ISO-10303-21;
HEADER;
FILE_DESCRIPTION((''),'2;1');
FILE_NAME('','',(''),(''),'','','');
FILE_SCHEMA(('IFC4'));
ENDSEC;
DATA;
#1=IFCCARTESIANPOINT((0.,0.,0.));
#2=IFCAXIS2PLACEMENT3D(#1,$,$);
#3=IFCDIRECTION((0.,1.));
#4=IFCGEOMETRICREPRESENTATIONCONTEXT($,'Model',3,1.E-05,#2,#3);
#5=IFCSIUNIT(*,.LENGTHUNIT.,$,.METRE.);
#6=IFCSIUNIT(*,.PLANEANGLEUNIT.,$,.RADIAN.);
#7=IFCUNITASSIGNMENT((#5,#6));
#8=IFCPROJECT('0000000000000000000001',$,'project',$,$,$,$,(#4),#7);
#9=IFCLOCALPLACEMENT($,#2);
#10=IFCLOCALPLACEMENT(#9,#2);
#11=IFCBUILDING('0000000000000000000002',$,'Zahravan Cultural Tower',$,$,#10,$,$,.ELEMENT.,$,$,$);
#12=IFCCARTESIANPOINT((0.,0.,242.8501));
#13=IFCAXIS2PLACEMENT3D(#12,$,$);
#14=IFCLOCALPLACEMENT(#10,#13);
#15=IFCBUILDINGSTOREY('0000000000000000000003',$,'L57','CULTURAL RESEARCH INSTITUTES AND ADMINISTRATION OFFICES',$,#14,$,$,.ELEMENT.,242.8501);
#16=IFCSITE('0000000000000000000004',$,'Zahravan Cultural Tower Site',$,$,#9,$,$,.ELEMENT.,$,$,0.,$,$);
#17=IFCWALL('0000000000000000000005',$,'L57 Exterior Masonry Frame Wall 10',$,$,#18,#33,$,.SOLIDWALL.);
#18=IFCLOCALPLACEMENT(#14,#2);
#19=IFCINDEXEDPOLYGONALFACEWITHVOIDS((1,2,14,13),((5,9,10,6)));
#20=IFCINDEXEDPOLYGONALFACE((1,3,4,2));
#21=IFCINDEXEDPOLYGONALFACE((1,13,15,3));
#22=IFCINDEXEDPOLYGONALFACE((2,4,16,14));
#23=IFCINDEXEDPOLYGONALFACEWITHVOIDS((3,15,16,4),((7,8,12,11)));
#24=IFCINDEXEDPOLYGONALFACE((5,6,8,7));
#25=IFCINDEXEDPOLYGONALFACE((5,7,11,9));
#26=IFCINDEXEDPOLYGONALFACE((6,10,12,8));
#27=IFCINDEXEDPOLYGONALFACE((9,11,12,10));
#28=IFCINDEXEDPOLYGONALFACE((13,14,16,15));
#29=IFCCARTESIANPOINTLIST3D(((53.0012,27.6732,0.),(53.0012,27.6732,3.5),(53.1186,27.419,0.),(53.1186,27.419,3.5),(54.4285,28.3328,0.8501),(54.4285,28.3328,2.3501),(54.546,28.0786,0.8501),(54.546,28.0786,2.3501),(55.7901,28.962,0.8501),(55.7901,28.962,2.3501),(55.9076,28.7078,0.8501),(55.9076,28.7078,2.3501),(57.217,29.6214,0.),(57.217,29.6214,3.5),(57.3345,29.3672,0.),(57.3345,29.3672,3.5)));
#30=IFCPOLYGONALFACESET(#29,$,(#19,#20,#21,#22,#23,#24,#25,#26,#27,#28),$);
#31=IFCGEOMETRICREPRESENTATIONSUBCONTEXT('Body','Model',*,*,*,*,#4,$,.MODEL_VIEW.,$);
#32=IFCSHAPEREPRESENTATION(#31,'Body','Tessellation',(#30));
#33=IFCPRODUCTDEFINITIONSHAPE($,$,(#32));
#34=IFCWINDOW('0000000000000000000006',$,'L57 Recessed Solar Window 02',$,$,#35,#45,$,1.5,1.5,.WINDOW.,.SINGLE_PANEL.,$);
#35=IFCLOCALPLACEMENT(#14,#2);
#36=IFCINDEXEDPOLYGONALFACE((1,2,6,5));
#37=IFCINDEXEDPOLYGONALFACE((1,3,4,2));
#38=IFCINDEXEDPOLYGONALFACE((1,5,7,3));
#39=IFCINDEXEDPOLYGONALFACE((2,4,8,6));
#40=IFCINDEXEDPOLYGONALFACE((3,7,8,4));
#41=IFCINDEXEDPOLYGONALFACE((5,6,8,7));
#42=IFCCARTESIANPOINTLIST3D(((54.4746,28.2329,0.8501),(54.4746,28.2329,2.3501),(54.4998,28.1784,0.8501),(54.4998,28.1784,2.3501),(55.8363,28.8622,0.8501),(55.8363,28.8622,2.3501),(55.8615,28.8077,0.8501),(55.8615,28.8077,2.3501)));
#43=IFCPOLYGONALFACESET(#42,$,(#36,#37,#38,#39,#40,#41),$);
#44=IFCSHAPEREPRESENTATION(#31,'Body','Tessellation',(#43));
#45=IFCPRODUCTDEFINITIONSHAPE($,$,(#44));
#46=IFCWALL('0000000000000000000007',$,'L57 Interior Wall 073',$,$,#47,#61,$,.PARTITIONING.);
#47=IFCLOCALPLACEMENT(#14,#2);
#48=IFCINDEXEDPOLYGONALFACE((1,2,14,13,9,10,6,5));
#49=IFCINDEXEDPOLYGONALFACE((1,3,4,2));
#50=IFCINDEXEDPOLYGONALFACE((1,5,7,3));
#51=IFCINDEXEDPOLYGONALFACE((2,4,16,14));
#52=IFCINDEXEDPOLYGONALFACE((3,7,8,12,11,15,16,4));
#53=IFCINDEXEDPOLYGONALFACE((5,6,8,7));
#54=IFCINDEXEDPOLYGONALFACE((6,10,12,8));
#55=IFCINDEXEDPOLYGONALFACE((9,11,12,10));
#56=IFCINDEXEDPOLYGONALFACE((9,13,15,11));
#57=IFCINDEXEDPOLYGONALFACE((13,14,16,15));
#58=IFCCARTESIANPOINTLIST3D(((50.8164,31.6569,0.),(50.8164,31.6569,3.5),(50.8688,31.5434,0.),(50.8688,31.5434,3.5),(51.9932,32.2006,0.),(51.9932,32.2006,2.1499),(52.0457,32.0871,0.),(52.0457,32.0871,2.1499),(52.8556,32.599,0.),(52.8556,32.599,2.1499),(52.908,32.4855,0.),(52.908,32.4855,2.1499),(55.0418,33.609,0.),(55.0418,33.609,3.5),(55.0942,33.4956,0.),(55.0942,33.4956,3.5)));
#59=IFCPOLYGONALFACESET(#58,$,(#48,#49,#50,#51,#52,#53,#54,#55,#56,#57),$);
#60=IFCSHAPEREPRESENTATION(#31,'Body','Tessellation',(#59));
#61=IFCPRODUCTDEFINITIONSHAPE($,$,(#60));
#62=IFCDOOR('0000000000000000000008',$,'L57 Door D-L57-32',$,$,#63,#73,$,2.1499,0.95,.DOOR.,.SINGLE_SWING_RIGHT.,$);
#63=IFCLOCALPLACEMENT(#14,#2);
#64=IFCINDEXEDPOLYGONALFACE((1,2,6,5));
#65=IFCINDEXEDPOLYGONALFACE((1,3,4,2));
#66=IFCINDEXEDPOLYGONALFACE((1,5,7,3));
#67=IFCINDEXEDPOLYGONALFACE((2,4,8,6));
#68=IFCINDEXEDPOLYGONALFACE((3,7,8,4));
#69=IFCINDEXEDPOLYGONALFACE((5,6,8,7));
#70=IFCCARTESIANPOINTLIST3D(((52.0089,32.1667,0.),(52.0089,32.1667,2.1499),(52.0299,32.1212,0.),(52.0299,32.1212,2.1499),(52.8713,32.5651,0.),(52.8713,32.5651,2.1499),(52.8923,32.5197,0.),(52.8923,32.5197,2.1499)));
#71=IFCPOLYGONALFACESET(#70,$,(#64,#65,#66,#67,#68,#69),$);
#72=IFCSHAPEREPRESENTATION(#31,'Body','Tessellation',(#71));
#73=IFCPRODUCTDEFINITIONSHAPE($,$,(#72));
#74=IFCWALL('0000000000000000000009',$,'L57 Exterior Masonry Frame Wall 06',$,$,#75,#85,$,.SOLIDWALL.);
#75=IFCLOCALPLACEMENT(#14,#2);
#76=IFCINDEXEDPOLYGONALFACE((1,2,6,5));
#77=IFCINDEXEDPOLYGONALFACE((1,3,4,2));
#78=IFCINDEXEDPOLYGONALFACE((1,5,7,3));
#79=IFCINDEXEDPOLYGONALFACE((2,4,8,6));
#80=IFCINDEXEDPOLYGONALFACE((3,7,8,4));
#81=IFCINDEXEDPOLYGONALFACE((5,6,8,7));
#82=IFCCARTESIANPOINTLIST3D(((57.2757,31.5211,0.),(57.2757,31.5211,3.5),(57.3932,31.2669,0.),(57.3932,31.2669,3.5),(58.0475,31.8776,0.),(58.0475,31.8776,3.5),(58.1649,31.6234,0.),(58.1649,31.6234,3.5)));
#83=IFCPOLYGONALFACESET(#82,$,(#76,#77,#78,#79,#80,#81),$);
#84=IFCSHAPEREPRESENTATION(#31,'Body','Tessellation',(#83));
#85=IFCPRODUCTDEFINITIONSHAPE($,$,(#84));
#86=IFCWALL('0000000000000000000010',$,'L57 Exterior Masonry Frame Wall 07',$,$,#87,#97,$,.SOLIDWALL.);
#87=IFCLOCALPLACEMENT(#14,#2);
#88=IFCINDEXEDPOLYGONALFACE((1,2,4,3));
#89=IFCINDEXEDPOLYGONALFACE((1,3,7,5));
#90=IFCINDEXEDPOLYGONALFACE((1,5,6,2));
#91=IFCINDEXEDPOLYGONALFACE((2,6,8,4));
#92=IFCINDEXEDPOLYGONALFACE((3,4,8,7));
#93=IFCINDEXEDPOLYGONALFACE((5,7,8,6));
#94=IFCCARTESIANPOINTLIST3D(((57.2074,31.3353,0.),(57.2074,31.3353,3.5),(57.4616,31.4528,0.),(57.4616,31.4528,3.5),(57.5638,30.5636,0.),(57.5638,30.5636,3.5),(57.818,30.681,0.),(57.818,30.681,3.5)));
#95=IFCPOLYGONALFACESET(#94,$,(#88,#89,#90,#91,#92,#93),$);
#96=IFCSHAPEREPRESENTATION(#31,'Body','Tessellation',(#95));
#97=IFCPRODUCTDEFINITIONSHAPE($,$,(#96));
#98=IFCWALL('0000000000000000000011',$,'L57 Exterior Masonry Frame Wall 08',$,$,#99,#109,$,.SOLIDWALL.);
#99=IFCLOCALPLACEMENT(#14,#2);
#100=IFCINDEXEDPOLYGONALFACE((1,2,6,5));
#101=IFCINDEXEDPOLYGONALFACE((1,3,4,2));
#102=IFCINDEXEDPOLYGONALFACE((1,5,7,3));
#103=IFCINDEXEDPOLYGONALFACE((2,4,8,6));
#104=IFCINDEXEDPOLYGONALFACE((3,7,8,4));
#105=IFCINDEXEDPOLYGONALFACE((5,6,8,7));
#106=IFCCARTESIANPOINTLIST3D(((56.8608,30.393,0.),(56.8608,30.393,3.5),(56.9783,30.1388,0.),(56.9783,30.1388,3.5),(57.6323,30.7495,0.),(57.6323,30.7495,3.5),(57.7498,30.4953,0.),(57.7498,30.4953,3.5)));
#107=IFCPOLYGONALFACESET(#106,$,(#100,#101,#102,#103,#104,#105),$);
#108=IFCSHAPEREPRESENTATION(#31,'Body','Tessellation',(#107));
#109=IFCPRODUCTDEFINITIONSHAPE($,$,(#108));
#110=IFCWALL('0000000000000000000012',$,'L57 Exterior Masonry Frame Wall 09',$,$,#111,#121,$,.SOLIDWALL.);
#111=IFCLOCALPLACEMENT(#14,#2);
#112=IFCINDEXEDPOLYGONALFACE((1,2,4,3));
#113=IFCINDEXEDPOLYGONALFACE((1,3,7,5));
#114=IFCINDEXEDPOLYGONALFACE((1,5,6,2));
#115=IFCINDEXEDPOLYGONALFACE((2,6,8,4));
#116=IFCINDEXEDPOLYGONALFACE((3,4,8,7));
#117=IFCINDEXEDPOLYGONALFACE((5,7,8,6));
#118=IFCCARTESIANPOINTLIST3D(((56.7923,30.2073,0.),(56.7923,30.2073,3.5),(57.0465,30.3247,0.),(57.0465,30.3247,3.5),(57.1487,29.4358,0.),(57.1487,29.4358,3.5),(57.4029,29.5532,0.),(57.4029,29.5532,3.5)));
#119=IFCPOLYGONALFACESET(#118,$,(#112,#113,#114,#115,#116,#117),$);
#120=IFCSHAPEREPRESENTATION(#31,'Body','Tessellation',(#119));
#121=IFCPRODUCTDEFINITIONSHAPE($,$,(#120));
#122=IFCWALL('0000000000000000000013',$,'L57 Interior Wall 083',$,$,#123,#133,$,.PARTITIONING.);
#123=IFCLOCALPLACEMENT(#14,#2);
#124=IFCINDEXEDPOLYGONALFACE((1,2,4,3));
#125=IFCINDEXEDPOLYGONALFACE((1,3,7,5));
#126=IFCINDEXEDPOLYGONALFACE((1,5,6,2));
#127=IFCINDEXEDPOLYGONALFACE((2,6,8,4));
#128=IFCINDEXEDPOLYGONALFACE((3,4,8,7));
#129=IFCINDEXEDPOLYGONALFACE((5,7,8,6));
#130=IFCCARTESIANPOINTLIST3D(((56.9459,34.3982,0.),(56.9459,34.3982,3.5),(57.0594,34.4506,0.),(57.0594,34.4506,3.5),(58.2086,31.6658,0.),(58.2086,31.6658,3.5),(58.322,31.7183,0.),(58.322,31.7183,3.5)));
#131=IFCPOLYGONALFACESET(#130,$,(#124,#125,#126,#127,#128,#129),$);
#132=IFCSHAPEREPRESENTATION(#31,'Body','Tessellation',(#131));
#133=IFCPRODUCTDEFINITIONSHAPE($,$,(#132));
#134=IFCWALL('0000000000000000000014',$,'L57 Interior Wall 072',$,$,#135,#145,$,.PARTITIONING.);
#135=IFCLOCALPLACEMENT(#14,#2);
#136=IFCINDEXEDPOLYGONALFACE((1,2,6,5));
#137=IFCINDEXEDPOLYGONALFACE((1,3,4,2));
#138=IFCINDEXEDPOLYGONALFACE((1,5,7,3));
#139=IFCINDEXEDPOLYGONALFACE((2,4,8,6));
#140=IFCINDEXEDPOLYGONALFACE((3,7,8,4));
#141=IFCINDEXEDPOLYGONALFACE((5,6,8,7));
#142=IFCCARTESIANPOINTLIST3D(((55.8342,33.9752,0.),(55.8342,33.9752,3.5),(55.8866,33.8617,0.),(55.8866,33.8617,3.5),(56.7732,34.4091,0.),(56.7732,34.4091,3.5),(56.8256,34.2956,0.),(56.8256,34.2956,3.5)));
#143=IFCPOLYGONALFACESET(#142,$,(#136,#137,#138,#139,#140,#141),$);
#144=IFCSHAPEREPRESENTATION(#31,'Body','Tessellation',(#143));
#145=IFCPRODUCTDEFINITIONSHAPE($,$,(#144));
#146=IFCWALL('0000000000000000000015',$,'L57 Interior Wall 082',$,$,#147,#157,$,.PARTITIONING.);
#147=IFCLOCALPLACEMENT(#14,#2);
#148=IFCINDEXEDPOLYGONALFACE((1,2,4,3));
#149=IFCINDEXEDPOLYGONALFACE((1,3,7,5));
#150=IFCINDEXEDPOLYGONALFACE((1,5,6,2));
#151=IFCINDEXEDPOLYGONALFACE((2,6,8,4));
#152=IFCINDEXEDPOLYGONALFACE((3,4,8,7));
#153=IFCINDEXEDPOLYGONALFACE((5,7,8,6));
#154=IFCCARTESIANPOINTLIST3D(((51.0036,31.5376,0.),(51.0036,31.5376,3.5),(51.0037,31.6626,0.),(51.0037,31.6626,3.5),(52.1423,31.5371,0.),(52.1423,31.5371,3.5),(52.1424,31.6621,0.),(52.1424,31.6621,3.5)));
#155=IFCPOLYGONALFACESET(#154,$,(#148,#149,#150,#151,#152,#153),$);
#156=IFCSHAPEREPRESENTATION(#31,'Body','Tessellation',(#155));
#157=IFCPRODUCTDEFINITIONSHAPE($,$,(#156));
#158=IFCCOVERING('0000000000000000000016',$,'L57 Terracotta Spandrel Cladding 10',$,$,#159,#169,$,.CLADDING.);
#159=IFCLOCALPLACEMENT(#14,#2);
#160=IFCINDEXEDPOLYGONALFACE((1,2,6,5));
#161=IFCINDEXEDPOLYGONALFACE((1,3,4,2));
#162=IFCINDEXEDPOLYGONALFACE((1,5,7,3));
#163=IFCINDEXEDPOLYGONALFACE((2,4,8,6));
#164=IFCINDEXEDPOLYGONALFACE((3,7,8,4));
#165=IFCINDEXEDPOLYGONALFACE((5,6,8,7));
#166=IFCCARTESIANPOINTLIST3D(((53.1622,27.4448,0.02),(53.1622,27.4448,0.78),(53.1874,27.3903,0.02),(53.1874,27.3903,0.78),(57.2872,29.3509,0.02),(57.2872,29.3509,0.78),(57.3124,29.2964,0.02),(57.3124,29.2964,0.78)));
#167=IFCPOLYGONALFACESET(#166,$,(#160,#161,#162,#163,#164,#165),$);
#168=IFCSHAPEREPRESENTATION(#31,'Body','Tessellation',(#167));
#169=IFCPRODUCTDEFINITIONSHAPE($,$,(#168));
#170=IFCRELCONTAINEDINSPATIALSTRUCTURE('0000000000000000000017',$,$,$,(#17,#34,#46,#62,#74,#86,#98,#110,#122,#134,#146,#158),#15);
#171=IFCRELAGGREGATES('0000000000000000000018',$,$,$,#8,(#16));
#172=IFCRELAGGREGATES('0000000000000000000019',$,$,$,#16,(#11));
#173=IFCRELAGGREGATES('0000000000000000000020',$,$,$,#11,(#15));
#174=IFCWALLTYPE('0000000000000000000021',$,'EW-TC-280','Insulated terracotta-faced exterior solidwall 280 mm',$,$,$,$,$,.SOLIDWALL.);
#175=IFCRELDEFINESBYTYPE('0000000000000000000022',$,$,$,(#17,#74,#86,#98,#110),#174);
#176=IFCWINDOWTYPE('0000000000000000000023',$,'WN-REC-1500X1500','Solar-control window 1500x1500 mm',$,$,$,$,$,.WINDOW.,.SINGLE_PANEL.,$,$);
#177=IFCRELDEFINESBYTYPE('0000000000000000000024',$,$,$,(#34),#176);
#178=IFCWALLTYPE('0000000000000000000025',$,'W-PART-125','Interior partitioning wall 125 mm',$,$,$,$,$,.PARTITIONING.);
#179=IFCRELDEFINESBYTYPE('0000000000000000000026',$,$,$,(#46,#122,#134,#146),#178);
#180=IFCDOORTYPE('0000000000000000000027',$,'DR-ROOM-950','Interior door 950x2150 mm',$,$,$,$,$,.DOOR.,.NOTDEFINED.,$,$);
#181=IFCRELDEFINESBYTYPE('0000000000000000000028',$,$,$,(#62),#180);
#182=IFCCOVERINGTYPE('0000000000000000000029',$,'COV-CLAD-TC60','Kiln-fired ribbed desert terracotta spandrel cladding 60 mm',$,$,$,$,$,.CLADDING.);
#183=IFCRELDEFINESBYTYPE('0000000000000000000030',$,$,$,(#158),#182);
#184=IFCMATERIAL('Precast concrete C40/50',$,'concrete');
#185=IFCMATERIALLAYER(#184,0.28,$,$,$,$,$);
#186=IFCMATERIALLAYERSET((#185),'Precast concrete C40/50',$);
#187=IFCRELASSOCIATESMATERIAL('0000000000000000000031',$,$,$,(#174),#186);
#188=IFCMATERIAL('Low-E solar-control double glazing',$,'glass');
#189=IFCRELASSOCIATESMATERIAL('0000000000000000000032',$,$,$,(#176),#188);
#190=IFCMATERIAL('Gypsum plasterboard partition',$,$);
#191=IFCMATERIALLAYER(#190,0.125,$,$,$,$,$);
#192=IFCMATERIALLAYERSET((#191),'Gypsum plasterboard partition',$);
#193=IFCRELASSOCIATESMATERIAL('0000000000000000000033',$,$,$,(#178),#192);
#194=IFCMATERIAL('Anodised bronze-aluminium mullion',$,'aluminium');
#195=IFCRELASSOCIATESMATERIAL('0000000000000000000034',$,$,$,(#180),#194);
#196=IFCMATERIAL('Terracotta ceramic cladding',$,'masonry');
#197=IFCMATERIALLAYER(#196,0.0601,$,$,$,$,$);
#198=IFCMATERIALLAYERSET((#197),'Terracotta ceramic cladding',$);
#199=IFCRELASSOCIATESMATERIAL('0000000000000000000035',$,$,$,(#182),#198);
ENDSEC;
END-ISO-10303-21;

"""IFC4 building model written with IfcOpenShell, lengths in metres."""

from ifc_helpers import new_model, si_unit, direction, frame, frame_2d, origin, origin_2d, place, context, subcontext, project, spatial, rectangle, extrude, source, transform, mapped, material, layer, layer_set, type_object, element, fill, save


model = new_model("IFC4")

# Units and contexts
model_context = context("Model", 3, precision=1e-05, world=origin(), true_north=direction((0.0, 1.0)))
body_context = subcontext(model_context, "Body", "Model", "MODEL_VIEW")
ifc_project = project(units=[si_unit("LENGTHUNIT", "METRE"), si_unit("PLANEANGLEUNIT", "RADIAN")], contexts=[model_context])

# Site, building, storey
site_placement = place(None, origin())
site = spatial("IfcSite", under=ifc_project, at=site_placement, Name="Zahravan Cultural Tower Site", CompositionType="ELEMENT", RefElevation=0.0)
building_placement = place(site_placement, origin())
building = spatial("IfcBuilding", under=site, at=building_placement, Name="Zahravan Cultural Tower", CompositionType="ELEMENT")
storey_placement = place(building_placement, frame((0.0, 0.0, 242.8501)))
storey = spatial("IfcBuildingStorey", under=building, at=storey_placement, Name="L57", Description="CULTURAL RESEARCH INSTITUTES AND ADMINISTRATION OFFICES", CompositionType="ELEMENT", Elevation=242.8501)

# Shared definitions
ifc_material_1 = material(Name="Anodised bronze-aluminium mullion", Category="aluminium")
ifc_material_2 = material(Name="Low-E solar-control double glazing", Category="glass")

# Wall, opening, window
ifc_material_3 = material(Name="Precast concrete C40/50", Category="concrete")
ifc_layer_1 = layer(ifc_material_3, 0.28)
ifc_layer_set_1 = layer_set([ifc_layer_1], Name="Precast concrete C40/50")
wall_type_1 = type_object("IfcWallType", Name="EW-TC-280", Description="Insulated terracotta-faced exterior solidwall 280 mm", PredefinedType="SOLIDWALL", material=ifc_layer_set_1)
wall_1_placement = place(storey_placement, frame((57.2759, 29.4944, 0.0), z_axis=(0.0, 0.0, 1.0), x_axis=(-0.907756, -0.419498, 0.0)))
wall_1 = element("IfcWall", 1, at=wall_1_placement, inside=storey, type_object=wall_type_1, Name="L57 Exterior Masonry Frame Wall 10", PredefinedType="SOLIDWALL", context=body_context, shape_type="SweptSolid", body=[
    extrude(rectangle(XDim=4.6443, YDim=0.28, at=frame_2d((2.3223, 0.0))), origin(), (0.0, 0.0, 1.0), 3.5),
])
opening_1_placement = place(wall_1_placement, frame((1.572, 0.0, 0.8501)))
opening_1 = element("IfcOpeningElement", 2, at=opening_1_placement, cuts=wall_1, PredefinedType="OPENING", context=body_context, shape_type="SweptSolid", body=[
    extrude(rectangle(XDim=1.5, YDim=1.5, at=frame_2d((0.75, 0.75))), frame((0.0, 0.1499, 0.0), z_axis=(0.0, -1.0, 0.0), x_axis=(1.0, 0.0, 0.0)), (0.0, 0.0, 1.0), 0.3),
])
window_type = type_object("IfcWindowType", Name="WN-REC-1500X1500", Description="Solar-control window 1500x1500 mm", PartitioningType="SINGLE_PANEL", PredefinedType="WINDOW", material=ifc_material_2)
shared_shape_1 = source(origin(), body_context, "Body", "SweptSolid", [
    extrude(rectangle(XDim=1.5, YDim=1.5, at=frame_2d((0.75, 0.75))), frame((0.0, 0.03, 0.0), z_axis=(0.0, -1.0, 0.0), x_axis=(1.0, 0.0, 0.0)), (0.0, 0.0, 1.0), 0.0601),
])
window_placement = place(opening_1_placement, origin())
window = element("IfcWindow", 3, at=window_placement, inside=storey, type_object=window_type, Name="L57 Recessed Solar Window 02", OverallHeight=1.5, OverallWidth=1.5, PartitioningType="SINGLE_PANEL", PredefinedType="WINDOW", context=body_context, shape_type="MappedRepresentation", body=[
    mapped(shared_shape_1, transform((0.0, 0.0, 0.0), x_axis=(1.0, 0.0, 0.0), y_axis=(0.0, 1.0, 0.0), z_axis=(0.0, 0.0, 1.0), scale=1.0)),
])
fill(opening_1, window)

# Wall, opening, door
ifc_material_4 = material(Name="Gypsum plasterboard partition")
ifc_layer_2 = layer(ifc_material_4, 0.125)
ifc_layer_set_2 = layer_set([ifc_layer_2], Name="Gypsum plasterboard partition")
wall_type_2 = type_object("IfcWallType", Name="W-PART-125", Description="Interior partitioning wall 125 mm", PredefinedType="PARTITIONING", material=ifc_layer_set_2)
wall_2_placement = place(storey_placement, frame((55.0679, 33.5522, 0.0), z_axis=(0.0, 0.0, 1.0), x_axis=(-0.907797, -0.419411, 0.0)))
wall_2 = element("IfcWall", 4, at=wall_2_placement, inside=storey, type_object=wall_type_2, Name="L57 Interior Wall 073", PredefinedType="PARTITIONING", context=body_context, shape_type="SweptSolid", body=[
    extrude(rectangle(XDim=4.6545, YDim=0.125, at=frame_2d((2.3271, 0.0))), origin(), (0.0, 0.0, 1.0), 3.5),
])
opening_2_placement = place(wall_2_placement, frame((2.408, 0.0, 0.0)))
opening_2 = element("IfcOpeningElement", 5, at=opening_2_placement, cuts=wall_2, PredefinedType="OPENING", context=body_context, shape_type="SweptSolid", body=[
    extrude(rectangle(XDim=0.95, YDim=2.1499, at=frame_2d((0.4751, 1.075))), frame((0.0, 0.0725, 0.0), z_axis=(0.0, -1.0, 0.0), x_axis=(1.0, 0.0, 0.0)), (0.0, 0.0, 1.0), 0.145),
])
door_type = type_object("IfcDoorType", Name="DR-ROOM-950", Description="Interior door 950x2150 mm", OperationType="NOTDEFINED", PredefinedType="DOOR", material=ifc_material_1)
shared_shape_2 = source(origin(), body_context, "Body", "SweptSolid", [
    extrude(rectangle(XDim=0.95, YDim=2.1499, at=frame_2d((0.4751, 1.075))), frame((0.0, 0.0249, 0.0), z_axis=(0.0, -1.0, 0.0), x_axis=(1.0, 0.0, 0.0)), (0.0, 0.0, 1.0), 0.05),
])
door_placement = place(opening_2_placement, origin())
door = element("IfcDoor", 6, at=door_placement, inside=storey, type_object=door_type, Name="L57 Door D-L57-32", OperationType="SINGLE_SWING_RIGHT", OverallHeight=2.1499, OverallWidth=0.95, PredefinedType="DOOR", context=body_context, shape_type="MappedRepresentation", body=[
    mapped(shared_shape_2, transform((0.0, 0.0, 0.0), x_axis=(1.0, 0.0, 0.0), y_axis=(0.0, 1.0, 0.0), z_axis=(0.0, 0.0, 1.0), scale=1.0)),
])
fill(opening_2, door)

# Walls
shared_shape_3 = source(origin(), body_context, "Body", "SweptSolid", [
    extrude(rectangle(XDim=0.8501, YDim=0.28, at=frame_2d((0.425, 0.0))), origin(), (0.0, 0.0, 1.0), 3.5),
])
for number, where, z_axis, x_axis, name in (
    (7, (58.1062, 31.7505, 0.0), (0.0, 0.0, 1.0), (-0.907842, -0.419313, 0.0), "L57 Exterior Masonry Frame Wall 06"),
    (8, (57.3345, 31.394, 0.0), (0.0, 0.0, 1.0), (0.419313, -0.907842, 0.0), "L57 Exterior Masonry Frame Wall 07"),
):
    element("IfcWall", number, at=place(storey_placement, frame(where, z_axis=z_axis, x_axis=x_axis)), inside=storey, type_object=wall_type_1, Name=name, PredefinedType="SOLIDWALL", context=body_context, shape_type="MappedRepresentation", body=[
        mapped(shared_shape_3, transform((0.0, 0.0, 0.0), x_axis=(1.0, 0.0, 0.0), y_axis=(0.0, 1.0, 0.0), z_axis=(0.0, 0.0, 1.0), scale=1.0)),
    ])
shared_shape_4 = source(origin(), body_context, "Body", "SweptSolid", [
    extrude(rectangle(XDim=0.8499, YDim=0.28, at=frame_2d((0.4248, 0.0))), origin(), (0.0, 0.0, 1.0), 3.5),
])
for number, where, z_axis, x_axis, name in (
    (9, (57.6909, 30.6223, 0.0), (0.0, 0.0, 1.0), (-0.907791, -0.419422, 0.0), "L57 Exterior Masonry Frame Wall 08"),
    (10, (56.9194, 30.2659, 0.0), (0.0, 0.0, 1.0), (0.419422, -0.907791, 0.0), "L57 Exterior Masonry Frame Wall 09"),
):
    element("IfcWall", number, at=place(storey_placement, frame(where, z_axis=z_axis, x_axis=x_axis)), inside=storey, type_object=wall_type_1, Name=name, PredefinedType="SOLIDWALL", context=body_context, shape_type="MappedRepresentation", body=[
        mapped(shared_shape_4, transform((0.0, 0.0, 0.0), x_axis=(1.0, 0.0, 0.0), y_axis=(0.0, 1.0, 0.0), z_axis=(0.0, 0.0, 1.0), scale=1.0)),
    ])
shared_shape_5 = source(origin(), body_context, "Body", "SweptSolid", [
    extrude(rectangle(XDim=3.01, YDim=0.125, at=frame_2d((1.5049, 0.0))), origin(), (0.0, 0.0, 1.0), 3.5),
])
wall_3_placement = place(storey_placement, frame((57.0027, 34.4243, 0.0), z_axis=(0.0, 0.0, 1.0), x_axis=(0.41949, -0.90776, 0.0)))
element("IfcWall", 11, at=wall_3_placement, inside=storey, type_object=wall_type_2, Name="L57 Interior Wall 083", PredefinedType="PARTITIONING", context=body_context, shape_type="MappedRepresentation", body=[
    mapped(shared_shape_5, transform((0.0, 0.0, 0.0), x_axis=(1.0, 0.0, 0.0), y_axis=(0.0, 1.0, 0.0), z_axis=(0.0, 0.0, 1.0), scale=1.0)),
])
shared_shape_6 = source(origin(), body_context, "Body", "SweptSolid", [
    extrude(rectangle(XDim=1.0344, YDim=0.125, at=frame_2d((0.5171, 0.0))), origin(), (0.0, 0.0, 1.0), 3.5),
])
wall_4_placement = place(storey_placement, frame((56.7993, 34.3523, 0.0), z_axis=(0.0, 0.0, 1.0), x_axis=(-0.907787, -0.419432, 0.0)))
element("IfcWall", 12, at=wall_4_placement, inside=storey, type_object=wall_type_2, Name="L57 Interior Wall 072", PredefinedType="PARTITIONING", context=body_context, shape_type="MappedRepresentation", body=[
    mapped(shared_shape_6, transform((0.0, 0.0, 0.0), x_axis=(1.0, 0.0, 0.0), y_axis=(0.0, 1.0, 0.0), z_axis=(0.0, 0.0, 1.0), scale=1.0)),
])
shared_shape_7 = source(origin(), body_context, "Body", "SweptSolid", [
    extrude(rectangle(XDim=1.1387, YDim=0.125, at=frame_2d((0.5693, 0.0))), origin(), (0.0, 0.0, 1.0), 3.5),
])
wall_5_placement = place(storey_placement, frame((52.1423, 31.5996, 0.0), z_axis=(0.0, 0.0, 1.0), x_axis=(-1.0, 0.000429, 0.0)))
element("IfcWall", 13, at=wall_5_placement, inside=storey, type_object=wall_type_2, Name="L57 Interior Wall 082", PredefinedType="PARTITIONING", context=body_context, shape_type="MappedRepresentation", body=[
    mapped(shared_shape_7, transform((0.0, 0.0, 0.0), x_axis=(1.0, 0.0, 0.0), y_axis=(0.0, 1.0, 0.0), z_axis=(0.0, 0.0, 1.0), scale=1.0)),
])

# Covering
ifc_material_5 = material(Name="Terracotta ceramic cladding", Category="masonry")
ifc_layer_3 = layer(ifc_material_5, 0.0601)
ifc_layer_set_3 = layer_set([ifc_layer_3], Name="Terracotta ceramic cladding")
covering_type = type_object("IfcCoveringType", Name="COV-CLAD-TC60", Description="Kiln-fired ribbed desert terracotta spandrel cladding 60 mm", PredefinedType="CLADDING", material=ifc_layer_set_3)
shared_shape_8 = source(origin(), body_context, "Body", "SweptSolid", [
    extrude(rectangle(XDim=4.5442, YDim=0.0601, at=origin_2d()), origin(), (0.0, 0.0, 1.0), 0.76),
])
covering_placement = place(storey_placement, frame((55.2373, 28.3706, 0.02), z_axis=(0.0, 0.0, 1.0), x_axis=(-0.90777, -0.419468, 0.0)))
element("IfcCovering", 14, at=covering_placement, inside=storey, type_object=covering_type, Name="L57 Terracotta Spandrel Cladding 10", PredefinedType="CLADDING", context=body_context, shape_type="MappedRepresentation", body=[
    mapped(shared_shape_8, transform((0.0, 0.0, 0.0), x_axis=(1.0, 0.0, 0.0), y_axis=(0.0, 1.0, 0.0), z_axis=(0.0, 0.0, 1.0), scale=1.0)),
])

save(model, "model.ifc")
